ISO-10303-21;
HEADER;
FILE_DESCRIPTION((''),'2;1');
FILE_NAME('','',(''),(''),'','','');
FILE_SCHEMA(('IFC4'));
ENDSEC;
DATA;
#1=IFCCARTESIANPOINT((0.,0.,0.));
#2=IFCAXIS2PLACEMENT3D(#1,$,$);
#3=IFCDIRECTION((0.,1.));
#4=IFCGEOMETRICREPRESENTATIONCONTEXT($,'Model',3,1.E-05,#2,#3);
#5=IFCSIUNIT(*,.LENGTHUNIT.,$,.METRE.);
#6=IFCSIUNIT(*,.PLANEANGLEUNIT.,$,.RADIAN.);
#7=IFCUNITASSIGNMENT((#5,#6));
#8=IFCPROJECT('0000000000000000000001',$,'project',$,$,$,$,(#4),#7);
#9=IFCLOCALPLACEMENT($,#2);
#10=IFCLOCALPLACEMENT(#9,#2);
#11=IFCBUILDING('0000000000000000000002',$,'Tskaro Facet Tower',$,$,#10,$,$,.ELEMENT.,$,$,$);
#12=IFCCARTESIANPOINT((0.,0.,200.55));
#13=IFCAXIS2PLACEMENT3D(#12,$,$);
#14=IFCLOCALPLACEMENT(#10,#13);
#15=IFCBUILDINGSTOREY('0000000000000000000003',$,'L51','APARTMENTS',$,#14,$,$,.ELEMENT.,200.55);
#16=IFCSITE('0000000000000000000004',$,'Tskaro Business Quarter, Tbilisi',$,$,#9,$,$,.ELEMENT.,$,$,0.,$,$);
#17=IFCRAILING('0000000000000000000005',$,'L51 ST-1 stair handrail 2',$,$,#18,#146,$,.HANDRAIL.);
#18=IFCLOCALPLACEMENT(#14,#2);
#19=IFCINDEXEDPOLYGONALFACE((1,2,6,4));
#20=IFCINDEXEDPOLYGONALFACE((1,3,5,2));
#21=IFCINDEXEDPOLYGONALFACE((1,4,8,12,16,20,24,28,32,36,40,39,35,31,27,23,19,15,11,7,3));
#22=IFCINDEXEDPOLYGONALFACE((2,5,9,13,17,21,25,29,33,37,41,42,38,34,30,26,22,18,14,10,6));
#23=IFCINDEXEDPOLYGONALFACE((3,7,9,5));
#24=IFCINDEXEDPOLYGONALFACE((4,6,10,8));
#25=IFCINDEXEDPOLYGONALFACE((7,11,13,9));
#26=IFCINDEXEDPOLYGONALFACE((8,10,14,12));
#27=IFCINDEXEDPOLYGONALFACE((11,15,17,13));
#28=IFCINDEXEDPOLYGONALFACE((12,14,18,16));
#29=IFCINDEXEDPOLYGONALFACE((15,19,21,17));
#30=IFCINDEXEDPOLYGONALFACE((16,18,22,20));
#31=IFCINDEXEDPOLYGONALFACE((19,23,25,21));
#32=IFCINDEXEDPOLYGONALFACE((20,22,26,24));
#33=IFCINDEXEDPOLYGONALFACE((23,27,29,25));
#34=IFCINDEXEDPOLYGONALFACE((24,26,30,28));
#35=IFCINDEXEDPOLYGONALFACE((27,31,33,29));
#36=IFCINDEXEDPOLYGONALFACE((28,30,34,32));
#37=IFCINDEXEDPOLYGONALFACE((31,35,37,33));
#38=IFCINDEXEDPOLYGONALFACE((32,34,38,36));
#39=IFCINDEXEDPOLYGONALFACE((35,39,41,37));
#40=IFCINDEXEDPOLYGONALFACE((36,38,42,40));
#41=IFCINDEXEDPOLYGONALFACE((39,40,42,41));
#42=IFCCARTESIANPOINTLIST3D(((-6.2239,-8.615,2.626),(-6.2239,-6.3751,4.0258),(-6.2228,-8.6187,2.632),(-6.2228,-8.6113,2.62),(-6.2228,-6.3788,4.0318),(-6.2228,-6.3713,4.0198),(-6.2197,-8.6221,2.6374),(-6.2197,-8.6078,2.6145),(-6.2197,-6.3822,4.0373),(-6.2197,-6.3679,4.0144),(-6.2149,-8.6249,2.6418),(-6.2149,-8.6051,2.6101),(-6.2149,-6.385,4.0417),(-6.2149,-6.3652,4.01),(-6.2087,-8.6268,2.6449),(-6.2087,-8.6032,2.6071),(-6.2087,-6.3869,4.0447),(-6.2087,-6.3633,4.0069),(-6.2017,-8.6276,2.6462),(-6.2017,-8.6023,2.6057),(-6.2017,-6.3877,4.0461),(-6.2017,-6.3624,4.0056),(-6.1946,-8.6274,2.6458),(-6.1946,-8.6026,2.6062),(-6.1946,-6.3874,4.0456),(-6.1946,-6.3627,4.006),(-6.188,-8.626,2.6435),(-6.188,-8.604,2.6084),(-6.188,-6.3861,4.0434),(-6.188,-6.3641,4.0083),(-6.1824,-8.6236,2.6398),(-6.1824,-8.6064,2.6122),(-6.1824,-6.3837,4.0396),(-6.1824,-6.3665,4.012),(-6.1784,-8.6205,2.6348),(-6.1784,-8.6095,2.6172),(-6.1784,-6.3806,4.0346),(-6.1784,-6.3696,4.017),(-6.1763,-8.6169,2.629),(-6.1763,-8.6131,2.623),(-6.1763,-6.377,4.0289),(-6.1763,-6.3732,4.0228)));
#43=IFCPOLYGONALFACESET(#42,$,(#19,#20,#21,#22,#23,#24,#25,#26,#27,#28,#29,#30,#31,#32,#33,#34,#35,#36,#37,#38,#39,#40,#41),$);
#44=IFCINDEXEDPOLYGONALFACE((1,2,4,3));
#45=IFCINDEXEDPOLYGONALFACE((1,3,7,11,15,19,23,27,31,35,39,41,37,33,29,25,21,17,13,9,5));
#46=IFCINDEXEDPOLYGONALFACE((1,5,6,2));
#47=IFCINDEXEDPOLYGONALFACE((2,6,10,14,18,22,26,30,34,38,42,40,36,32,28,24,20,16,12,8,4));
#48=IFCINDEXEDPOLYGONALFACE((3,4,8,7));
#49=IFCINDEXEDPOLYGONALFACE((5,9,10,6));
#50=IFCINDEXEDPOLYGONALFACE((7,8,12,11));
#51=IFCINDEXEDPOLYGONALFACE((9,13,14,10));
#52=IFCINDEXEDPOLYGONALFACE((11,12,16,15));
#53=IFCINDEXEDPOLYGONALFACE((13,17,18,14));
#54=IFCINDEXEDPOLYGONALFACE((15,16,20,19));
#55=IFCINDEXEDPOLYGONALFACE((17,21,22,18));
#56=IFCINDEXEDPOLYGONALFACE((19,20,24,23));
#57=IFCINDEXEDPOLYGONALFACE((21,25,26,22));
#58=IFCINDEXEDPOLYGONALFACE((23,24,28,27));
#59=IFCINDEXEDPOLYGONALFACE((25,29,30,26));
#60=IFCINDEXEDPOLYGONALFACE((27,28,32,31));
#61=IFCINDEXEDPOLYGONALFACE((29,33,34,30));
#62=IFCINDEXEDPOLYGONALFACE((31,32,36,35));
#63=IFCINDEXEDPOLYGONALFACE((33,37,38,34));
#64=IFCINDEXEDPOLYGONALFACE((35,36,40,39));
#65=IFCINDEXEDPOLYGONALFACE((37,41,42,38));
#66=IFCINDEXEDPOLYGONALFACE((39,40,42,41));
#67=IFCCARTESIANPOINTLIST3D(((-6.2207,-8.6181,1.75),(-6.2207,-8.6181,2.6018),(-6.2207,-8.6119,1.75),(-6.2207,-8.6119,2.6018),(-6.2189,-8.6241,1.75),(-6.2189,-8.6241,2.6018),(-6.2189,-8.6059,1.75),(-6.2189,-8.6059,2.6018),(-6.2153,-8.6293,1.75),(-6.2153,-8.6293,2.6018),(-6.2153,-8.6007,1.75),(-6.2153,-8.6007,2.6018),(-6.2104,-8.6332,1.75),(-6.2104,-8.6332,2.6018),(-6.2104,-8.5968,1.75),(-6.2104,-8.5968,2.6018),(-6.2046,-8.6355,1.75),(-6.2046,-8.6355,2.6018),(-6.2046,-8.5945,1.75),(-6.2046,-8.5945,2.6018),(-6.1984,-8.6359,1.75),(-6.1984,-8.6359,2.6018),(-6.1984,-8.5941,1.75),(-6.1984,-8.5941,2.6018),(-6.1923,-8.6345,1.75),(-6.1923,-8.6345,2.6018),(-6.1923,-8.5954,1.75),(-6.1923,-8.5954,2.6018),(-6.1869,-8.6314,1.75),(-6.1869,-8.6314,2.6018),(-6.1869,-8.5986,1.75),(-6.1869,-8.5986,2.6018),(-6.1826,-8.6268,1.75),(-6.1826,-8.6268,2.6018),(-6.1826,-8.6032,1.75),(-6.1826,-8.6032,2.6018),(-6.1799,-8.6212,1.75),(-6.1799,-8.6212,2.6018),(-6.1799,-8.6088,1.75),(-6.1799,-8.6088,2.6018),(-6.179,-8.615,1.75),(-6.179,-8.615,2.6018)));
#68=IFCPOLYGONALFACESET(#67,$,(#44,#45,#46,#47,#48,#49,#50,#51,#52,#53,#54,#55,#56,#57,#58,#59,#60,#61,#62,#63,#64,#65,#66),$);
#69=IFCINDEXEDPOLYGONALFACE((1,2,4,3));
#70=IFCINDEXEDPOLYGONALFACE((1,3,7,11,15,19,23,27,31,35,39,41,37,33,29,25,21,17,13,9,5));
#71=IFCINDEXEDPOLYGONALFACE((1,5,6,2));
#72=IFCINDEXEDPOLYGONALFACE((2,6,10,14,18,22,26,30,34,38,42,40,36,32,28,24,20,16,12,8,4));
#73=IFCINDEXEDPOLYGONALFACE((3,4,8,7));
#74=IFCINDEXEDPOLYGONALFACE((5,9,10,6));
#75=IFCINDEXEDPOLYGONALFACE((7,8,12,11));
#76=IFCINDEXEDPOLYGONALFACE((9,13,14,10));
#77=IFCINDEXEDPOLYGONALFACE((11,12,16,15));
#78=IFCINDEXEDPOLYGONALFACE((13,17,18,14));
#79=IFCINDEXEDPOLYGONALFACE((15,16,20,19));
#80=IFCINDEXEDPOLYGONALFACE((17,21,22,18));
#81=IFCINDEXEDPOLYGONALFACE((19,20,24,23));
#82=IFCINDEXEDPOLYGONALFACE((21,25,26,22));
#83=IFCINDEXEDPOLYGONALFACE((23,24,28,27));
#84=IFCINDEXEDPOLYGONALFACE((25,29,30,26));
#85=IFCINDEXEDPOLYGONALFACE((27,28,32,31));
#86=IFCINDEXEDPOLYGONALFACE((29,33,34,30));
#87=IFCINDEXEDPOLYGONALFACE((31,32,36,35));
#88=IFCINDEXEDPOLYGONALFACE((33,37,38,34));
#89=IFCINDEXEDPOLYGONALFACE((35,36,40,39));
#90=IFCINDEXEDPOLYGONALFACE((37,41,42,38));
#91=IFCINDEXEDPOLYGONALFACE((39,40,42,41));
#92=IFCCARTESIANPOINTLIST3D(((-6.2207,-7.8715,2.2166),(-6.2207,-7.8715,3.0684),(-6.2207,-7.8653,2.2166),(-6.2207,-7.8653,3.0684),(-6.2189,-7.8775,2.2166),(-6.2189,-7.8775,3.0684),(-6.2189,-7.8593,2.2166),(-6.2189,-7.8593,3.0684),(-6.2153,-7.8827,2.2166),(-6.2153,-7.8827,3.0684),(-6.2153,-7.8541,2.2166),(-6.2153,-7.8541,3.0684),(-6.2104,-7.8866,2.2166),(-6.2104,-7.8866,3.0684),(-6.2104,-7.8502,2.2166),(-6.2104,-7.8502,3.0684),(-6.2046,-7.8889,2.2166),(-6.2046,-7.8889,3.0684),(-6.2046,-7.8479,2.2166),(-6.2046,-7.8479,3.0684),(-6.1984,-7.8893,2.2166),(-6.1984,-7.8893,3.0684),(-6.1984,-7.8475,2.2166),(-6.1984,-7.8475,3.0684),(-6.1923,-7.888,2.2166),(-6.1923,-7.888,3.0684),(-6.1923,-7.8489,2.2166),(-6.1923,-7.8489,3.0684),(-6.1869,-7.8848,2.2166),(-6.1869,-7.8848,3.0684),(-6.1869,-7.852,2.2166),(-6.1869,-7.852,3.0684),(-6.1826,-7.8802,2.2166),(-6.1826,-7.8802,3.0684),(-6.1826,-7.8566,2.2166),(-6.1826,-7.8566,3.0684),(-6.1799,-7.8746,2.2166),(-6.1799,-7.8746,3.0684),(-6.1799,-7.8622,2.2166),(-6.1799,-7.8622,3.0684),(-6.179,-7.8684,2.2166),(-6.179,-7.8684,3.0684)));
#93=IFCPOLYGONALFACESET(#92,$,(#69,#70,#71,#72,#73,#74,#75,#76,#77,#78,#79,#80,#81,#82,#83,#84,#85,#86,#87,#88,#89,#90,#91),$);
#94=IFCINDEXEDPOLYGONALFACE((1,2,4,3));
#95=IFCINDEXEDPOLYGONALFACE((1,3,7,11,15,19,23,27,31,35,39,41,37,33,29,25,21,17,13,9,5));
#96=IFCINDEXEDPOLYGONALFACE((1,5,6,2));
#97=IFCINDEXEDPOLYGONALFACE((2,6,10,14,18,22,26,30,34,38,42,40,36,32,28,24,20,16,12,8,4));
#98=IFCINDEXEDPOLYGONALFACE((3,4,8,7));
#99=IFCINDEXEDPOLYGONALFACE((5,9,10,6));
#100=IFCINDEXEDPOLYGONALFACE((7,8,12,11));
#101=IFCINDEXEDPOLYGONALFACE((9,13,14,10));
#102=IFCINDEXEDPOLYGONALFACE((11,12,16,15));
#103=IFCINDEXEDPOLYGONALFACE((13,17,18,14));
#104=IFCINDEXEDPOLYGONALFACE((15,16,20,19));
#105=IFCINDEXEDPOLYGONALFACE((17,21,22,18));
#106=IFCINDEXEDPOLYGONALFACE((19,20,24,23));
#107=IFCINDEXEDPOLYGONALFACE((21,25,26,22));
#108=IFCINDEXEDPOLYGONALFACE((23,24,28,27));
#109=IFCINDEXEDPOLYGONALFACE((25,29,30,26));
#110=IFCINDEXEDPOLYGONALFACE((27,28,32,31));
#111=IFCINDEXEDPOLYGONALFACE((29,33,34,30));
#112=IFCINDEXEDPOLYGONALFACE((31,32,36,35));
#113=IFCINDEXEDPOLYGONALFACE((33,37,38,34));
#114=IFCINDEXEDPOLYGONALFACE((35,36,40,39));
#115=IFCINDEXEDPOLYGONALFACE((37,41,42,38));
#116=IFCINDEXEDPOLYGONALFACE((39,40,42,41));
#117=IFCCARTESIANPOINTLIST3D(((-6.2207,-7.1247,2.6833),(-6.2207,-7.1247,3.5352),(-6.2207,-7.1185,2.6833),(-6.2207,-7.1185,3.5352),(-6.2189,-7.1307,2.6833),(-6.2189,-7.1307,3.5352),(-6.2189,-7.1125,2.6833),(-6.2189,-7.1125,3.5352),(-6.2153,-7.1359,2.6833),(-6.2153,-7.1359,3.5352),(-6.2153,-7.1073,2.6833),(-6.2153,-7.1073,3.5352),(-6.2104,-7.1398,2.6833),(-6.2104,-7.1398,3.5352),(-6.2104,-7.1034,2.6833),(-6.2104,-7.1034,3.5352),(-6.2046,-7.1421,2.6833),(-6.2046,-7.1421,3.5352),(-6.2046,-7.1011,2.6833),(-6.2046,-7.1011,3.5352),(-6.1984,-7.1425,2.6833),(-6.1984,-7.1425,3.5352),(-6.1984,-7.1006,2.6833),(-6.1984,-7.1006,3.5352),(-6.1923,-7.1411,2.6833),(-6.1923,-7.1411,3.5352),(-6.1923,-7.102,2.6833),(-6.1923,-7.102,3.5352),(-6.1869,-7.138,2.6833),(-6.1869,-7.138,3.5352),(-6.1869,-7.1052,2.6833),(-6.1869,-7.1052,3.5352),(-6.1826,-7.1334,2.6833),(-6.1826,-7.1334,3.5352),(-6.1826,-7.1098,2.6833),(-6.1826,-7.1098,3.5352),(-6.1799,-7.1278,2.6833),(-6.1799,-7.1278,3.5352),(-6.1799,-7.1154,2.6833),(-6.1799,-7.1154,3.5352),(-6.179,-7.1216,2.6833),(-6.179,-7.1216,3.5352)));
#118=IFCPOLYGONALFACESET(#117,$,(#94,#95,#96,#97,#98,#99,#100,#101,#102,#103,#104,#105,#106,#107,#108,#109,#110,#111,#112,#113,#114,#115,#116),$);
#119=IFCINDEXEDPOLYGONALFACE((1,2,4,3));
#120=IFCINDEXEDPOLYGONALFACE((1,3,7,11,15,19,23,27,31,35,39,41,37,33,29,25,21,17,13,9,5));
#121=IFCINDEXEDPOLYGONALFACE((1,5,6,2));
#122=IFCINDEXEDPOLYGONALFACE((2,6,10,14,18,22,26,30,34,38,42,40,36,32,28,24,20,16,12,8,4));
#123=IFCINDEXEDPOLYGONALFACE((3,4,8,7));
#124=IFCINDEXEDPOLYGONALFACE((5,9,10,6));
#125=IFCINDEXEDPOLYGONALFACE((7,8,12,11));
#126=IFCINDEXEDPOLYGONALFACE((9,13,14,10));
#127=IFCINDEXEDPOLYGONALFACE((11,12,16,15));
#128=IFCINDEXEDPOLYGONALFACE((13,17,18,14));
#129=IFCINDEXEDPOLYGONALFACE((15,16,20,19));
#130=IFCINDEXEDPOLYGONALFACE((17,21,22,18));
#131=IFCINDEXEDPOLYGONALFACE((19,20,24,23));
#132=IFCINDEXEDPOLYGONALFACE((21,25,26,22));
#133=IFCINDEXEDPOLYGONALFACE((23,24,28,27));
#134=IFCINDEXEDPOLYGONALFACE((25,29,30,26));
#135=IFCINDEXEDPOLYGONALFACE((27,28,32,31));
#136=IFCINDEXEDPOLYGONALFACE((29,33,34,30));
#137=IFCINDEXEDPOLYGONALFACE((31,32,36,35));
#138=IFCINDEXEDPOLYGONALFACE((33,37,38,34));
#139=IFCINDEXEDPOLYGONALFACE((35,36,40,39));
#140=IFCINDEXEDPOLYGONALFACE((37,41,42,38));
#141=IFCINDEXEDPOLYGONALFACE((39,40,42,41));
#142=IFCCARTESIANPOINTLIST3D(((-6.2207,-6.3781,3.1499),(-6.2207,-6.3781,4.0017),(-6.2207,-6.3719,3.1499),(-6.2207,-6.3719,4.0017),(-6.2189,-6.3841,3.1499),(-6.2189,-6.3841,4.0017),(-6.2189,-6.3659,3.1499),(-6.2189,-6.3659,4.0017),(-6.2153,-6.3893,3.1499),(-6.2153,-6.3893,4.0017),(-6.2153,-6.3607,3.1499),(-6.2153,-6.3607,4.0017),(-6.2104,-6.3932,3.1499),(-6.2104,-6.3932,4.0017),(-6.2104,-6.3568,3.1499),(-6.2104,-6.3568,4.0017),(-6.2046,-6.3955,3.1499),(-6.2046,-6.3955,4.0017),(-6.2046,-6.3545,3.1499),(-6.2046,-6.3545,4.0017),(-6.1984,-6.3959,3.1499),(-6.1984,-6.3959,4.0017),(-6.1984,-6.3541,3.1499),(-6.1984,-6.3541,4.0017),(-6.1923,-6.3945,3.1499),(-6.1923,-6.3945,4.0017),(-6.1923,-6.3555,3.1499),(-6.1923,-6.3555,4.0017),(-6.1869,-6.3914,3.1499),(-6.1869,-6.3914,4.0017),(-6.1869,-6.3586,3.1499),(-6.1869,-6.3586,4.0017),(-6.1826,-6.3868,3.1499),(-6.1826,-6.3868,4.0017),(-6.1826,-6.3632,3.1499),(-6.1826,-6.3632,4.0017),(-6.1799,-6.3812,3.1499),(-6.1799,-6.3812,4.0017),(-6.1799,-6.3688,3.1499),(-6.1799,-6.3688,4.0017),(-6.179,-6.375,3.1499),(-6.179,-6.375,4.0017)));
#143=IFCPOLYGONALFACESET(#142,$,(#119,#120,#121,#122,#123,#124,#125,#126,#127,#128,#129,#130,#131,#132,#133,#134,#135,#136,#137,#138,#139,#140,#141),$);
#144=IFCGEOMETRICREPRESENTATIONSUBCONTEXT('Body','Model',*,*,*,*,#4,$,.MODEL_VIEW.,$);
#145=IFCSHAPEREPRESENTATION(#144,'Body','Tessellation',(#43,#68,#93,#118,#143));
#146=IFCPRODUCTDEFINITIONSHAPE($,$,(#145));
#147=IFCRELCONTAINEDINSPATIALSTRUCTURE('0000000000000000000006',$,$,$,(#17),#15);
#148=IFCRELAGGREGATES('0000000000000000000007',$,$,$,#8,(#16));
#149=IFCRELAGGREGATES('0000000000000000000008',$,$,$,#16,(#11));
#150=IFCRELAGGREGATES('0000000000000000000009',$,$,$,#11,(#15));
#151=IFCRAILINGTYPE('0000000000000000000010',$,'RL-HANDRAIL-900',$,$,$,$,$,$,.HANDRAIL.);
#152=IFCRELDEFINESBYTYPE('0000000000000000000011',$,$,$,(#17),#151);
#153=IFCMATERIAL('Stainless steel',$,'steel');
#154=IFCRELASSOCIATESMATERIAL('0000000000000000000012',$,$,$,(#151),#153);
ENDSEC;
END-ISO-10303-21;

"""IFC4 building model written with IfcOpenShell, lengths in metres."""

from ifc_helpers import new_model, si_unit, direction, frame, origin, origin_2d, place, context, subcontext, project, spatial, circle, extrude, material, type_object, element, save


model = new_model("IFC4")

# Units and contexts
model_context = context("Model", 3, precision=1e-05, world=origin(), true_north=direction((0.0, 1.0)))
body_context = subcontext(model_context, "Body", "Model", "MODEL_VIEW")
ifc_project = project(units=[si_unit("LENGTHUNIT", "METRE"), si_unit("PLANEANGLEUNIT", "RADIAN")], contexts=[model_context])

# Site, building, storey
site_placement = place(None, origin())
site = spatial("IfcSite", under=ifc_project, at=site_placement, Name="Tskaro Business Quarter, Tbilisi", CompositionType="ELEMENT", RefElevation=0.0)
building_placement = place(site_placement, origin())
building = spatial("IfcBuilding", under=site, at=building_placement, Name="Tskaro Facet Tower", CompositionType="ELEMENT")
storey_placement = place(building_placement, frame((0.0, 0.0, 200.55)))
storey = spatial("IfcBuildingStorey", under=building, at=storey_placement, Name="L51", Description="APARTMENTS", CompositionType="ELEMENT", Elevation=200.55)

# Shared definitions
ifc_material_1 = material(Name="Stainless steel", Category="steel")

# Railing
railing_type_1 = type_object("IfcRailingType", Name="RL-HANDRAIL-900", PredefinedType="HANDRAIL", material=ifc_material_1)
railing_1_placement = place(storey_placement, frame((-6.2, -8.615, 1.75)))
element("IfcRailing", 1, at=railing_1_placement, inside=storey, type_object=railing_type_1, Name="L51 ST-1 stair handrail 2", PredefinedType="HANDRAIL", context=body_context, shape_type="SweptSolid", body=[
    extrude(circle(Radius=0.0239, at=origin_2d()), frame((0.0, 0.0, 0.876), z_axis=(0.0, 0.848014, 0.529974), x_axis=(-1.0, 0.0, 0.0)), (0.0, 0.0, 1.0), 2.6414),
    extrude(circle(Radius=0.021, at=origin_2d()), origin(), (0.0, 0.0, 1.0), 0.8518),
    extrude(circle(Radius=0.021, at=origin_2d()), frame((0.0, 0.7466, 0.4666)), (0.0, 0.0, 1.0), 0.8518),
    extrude(circle(Radius=0.021, at=origin_2d()), frame((0.0, 1.4934, 0.9333)), (0.0, 0.0, 1.0), 0.8518),
    extrude(circle(Radius=0.021, at=origin_2d()), frame((0.0, 2.24, 1.3999)), (0.0, 0.0, 1.0), 0.8518),
])

save(model, "model.ifc")
